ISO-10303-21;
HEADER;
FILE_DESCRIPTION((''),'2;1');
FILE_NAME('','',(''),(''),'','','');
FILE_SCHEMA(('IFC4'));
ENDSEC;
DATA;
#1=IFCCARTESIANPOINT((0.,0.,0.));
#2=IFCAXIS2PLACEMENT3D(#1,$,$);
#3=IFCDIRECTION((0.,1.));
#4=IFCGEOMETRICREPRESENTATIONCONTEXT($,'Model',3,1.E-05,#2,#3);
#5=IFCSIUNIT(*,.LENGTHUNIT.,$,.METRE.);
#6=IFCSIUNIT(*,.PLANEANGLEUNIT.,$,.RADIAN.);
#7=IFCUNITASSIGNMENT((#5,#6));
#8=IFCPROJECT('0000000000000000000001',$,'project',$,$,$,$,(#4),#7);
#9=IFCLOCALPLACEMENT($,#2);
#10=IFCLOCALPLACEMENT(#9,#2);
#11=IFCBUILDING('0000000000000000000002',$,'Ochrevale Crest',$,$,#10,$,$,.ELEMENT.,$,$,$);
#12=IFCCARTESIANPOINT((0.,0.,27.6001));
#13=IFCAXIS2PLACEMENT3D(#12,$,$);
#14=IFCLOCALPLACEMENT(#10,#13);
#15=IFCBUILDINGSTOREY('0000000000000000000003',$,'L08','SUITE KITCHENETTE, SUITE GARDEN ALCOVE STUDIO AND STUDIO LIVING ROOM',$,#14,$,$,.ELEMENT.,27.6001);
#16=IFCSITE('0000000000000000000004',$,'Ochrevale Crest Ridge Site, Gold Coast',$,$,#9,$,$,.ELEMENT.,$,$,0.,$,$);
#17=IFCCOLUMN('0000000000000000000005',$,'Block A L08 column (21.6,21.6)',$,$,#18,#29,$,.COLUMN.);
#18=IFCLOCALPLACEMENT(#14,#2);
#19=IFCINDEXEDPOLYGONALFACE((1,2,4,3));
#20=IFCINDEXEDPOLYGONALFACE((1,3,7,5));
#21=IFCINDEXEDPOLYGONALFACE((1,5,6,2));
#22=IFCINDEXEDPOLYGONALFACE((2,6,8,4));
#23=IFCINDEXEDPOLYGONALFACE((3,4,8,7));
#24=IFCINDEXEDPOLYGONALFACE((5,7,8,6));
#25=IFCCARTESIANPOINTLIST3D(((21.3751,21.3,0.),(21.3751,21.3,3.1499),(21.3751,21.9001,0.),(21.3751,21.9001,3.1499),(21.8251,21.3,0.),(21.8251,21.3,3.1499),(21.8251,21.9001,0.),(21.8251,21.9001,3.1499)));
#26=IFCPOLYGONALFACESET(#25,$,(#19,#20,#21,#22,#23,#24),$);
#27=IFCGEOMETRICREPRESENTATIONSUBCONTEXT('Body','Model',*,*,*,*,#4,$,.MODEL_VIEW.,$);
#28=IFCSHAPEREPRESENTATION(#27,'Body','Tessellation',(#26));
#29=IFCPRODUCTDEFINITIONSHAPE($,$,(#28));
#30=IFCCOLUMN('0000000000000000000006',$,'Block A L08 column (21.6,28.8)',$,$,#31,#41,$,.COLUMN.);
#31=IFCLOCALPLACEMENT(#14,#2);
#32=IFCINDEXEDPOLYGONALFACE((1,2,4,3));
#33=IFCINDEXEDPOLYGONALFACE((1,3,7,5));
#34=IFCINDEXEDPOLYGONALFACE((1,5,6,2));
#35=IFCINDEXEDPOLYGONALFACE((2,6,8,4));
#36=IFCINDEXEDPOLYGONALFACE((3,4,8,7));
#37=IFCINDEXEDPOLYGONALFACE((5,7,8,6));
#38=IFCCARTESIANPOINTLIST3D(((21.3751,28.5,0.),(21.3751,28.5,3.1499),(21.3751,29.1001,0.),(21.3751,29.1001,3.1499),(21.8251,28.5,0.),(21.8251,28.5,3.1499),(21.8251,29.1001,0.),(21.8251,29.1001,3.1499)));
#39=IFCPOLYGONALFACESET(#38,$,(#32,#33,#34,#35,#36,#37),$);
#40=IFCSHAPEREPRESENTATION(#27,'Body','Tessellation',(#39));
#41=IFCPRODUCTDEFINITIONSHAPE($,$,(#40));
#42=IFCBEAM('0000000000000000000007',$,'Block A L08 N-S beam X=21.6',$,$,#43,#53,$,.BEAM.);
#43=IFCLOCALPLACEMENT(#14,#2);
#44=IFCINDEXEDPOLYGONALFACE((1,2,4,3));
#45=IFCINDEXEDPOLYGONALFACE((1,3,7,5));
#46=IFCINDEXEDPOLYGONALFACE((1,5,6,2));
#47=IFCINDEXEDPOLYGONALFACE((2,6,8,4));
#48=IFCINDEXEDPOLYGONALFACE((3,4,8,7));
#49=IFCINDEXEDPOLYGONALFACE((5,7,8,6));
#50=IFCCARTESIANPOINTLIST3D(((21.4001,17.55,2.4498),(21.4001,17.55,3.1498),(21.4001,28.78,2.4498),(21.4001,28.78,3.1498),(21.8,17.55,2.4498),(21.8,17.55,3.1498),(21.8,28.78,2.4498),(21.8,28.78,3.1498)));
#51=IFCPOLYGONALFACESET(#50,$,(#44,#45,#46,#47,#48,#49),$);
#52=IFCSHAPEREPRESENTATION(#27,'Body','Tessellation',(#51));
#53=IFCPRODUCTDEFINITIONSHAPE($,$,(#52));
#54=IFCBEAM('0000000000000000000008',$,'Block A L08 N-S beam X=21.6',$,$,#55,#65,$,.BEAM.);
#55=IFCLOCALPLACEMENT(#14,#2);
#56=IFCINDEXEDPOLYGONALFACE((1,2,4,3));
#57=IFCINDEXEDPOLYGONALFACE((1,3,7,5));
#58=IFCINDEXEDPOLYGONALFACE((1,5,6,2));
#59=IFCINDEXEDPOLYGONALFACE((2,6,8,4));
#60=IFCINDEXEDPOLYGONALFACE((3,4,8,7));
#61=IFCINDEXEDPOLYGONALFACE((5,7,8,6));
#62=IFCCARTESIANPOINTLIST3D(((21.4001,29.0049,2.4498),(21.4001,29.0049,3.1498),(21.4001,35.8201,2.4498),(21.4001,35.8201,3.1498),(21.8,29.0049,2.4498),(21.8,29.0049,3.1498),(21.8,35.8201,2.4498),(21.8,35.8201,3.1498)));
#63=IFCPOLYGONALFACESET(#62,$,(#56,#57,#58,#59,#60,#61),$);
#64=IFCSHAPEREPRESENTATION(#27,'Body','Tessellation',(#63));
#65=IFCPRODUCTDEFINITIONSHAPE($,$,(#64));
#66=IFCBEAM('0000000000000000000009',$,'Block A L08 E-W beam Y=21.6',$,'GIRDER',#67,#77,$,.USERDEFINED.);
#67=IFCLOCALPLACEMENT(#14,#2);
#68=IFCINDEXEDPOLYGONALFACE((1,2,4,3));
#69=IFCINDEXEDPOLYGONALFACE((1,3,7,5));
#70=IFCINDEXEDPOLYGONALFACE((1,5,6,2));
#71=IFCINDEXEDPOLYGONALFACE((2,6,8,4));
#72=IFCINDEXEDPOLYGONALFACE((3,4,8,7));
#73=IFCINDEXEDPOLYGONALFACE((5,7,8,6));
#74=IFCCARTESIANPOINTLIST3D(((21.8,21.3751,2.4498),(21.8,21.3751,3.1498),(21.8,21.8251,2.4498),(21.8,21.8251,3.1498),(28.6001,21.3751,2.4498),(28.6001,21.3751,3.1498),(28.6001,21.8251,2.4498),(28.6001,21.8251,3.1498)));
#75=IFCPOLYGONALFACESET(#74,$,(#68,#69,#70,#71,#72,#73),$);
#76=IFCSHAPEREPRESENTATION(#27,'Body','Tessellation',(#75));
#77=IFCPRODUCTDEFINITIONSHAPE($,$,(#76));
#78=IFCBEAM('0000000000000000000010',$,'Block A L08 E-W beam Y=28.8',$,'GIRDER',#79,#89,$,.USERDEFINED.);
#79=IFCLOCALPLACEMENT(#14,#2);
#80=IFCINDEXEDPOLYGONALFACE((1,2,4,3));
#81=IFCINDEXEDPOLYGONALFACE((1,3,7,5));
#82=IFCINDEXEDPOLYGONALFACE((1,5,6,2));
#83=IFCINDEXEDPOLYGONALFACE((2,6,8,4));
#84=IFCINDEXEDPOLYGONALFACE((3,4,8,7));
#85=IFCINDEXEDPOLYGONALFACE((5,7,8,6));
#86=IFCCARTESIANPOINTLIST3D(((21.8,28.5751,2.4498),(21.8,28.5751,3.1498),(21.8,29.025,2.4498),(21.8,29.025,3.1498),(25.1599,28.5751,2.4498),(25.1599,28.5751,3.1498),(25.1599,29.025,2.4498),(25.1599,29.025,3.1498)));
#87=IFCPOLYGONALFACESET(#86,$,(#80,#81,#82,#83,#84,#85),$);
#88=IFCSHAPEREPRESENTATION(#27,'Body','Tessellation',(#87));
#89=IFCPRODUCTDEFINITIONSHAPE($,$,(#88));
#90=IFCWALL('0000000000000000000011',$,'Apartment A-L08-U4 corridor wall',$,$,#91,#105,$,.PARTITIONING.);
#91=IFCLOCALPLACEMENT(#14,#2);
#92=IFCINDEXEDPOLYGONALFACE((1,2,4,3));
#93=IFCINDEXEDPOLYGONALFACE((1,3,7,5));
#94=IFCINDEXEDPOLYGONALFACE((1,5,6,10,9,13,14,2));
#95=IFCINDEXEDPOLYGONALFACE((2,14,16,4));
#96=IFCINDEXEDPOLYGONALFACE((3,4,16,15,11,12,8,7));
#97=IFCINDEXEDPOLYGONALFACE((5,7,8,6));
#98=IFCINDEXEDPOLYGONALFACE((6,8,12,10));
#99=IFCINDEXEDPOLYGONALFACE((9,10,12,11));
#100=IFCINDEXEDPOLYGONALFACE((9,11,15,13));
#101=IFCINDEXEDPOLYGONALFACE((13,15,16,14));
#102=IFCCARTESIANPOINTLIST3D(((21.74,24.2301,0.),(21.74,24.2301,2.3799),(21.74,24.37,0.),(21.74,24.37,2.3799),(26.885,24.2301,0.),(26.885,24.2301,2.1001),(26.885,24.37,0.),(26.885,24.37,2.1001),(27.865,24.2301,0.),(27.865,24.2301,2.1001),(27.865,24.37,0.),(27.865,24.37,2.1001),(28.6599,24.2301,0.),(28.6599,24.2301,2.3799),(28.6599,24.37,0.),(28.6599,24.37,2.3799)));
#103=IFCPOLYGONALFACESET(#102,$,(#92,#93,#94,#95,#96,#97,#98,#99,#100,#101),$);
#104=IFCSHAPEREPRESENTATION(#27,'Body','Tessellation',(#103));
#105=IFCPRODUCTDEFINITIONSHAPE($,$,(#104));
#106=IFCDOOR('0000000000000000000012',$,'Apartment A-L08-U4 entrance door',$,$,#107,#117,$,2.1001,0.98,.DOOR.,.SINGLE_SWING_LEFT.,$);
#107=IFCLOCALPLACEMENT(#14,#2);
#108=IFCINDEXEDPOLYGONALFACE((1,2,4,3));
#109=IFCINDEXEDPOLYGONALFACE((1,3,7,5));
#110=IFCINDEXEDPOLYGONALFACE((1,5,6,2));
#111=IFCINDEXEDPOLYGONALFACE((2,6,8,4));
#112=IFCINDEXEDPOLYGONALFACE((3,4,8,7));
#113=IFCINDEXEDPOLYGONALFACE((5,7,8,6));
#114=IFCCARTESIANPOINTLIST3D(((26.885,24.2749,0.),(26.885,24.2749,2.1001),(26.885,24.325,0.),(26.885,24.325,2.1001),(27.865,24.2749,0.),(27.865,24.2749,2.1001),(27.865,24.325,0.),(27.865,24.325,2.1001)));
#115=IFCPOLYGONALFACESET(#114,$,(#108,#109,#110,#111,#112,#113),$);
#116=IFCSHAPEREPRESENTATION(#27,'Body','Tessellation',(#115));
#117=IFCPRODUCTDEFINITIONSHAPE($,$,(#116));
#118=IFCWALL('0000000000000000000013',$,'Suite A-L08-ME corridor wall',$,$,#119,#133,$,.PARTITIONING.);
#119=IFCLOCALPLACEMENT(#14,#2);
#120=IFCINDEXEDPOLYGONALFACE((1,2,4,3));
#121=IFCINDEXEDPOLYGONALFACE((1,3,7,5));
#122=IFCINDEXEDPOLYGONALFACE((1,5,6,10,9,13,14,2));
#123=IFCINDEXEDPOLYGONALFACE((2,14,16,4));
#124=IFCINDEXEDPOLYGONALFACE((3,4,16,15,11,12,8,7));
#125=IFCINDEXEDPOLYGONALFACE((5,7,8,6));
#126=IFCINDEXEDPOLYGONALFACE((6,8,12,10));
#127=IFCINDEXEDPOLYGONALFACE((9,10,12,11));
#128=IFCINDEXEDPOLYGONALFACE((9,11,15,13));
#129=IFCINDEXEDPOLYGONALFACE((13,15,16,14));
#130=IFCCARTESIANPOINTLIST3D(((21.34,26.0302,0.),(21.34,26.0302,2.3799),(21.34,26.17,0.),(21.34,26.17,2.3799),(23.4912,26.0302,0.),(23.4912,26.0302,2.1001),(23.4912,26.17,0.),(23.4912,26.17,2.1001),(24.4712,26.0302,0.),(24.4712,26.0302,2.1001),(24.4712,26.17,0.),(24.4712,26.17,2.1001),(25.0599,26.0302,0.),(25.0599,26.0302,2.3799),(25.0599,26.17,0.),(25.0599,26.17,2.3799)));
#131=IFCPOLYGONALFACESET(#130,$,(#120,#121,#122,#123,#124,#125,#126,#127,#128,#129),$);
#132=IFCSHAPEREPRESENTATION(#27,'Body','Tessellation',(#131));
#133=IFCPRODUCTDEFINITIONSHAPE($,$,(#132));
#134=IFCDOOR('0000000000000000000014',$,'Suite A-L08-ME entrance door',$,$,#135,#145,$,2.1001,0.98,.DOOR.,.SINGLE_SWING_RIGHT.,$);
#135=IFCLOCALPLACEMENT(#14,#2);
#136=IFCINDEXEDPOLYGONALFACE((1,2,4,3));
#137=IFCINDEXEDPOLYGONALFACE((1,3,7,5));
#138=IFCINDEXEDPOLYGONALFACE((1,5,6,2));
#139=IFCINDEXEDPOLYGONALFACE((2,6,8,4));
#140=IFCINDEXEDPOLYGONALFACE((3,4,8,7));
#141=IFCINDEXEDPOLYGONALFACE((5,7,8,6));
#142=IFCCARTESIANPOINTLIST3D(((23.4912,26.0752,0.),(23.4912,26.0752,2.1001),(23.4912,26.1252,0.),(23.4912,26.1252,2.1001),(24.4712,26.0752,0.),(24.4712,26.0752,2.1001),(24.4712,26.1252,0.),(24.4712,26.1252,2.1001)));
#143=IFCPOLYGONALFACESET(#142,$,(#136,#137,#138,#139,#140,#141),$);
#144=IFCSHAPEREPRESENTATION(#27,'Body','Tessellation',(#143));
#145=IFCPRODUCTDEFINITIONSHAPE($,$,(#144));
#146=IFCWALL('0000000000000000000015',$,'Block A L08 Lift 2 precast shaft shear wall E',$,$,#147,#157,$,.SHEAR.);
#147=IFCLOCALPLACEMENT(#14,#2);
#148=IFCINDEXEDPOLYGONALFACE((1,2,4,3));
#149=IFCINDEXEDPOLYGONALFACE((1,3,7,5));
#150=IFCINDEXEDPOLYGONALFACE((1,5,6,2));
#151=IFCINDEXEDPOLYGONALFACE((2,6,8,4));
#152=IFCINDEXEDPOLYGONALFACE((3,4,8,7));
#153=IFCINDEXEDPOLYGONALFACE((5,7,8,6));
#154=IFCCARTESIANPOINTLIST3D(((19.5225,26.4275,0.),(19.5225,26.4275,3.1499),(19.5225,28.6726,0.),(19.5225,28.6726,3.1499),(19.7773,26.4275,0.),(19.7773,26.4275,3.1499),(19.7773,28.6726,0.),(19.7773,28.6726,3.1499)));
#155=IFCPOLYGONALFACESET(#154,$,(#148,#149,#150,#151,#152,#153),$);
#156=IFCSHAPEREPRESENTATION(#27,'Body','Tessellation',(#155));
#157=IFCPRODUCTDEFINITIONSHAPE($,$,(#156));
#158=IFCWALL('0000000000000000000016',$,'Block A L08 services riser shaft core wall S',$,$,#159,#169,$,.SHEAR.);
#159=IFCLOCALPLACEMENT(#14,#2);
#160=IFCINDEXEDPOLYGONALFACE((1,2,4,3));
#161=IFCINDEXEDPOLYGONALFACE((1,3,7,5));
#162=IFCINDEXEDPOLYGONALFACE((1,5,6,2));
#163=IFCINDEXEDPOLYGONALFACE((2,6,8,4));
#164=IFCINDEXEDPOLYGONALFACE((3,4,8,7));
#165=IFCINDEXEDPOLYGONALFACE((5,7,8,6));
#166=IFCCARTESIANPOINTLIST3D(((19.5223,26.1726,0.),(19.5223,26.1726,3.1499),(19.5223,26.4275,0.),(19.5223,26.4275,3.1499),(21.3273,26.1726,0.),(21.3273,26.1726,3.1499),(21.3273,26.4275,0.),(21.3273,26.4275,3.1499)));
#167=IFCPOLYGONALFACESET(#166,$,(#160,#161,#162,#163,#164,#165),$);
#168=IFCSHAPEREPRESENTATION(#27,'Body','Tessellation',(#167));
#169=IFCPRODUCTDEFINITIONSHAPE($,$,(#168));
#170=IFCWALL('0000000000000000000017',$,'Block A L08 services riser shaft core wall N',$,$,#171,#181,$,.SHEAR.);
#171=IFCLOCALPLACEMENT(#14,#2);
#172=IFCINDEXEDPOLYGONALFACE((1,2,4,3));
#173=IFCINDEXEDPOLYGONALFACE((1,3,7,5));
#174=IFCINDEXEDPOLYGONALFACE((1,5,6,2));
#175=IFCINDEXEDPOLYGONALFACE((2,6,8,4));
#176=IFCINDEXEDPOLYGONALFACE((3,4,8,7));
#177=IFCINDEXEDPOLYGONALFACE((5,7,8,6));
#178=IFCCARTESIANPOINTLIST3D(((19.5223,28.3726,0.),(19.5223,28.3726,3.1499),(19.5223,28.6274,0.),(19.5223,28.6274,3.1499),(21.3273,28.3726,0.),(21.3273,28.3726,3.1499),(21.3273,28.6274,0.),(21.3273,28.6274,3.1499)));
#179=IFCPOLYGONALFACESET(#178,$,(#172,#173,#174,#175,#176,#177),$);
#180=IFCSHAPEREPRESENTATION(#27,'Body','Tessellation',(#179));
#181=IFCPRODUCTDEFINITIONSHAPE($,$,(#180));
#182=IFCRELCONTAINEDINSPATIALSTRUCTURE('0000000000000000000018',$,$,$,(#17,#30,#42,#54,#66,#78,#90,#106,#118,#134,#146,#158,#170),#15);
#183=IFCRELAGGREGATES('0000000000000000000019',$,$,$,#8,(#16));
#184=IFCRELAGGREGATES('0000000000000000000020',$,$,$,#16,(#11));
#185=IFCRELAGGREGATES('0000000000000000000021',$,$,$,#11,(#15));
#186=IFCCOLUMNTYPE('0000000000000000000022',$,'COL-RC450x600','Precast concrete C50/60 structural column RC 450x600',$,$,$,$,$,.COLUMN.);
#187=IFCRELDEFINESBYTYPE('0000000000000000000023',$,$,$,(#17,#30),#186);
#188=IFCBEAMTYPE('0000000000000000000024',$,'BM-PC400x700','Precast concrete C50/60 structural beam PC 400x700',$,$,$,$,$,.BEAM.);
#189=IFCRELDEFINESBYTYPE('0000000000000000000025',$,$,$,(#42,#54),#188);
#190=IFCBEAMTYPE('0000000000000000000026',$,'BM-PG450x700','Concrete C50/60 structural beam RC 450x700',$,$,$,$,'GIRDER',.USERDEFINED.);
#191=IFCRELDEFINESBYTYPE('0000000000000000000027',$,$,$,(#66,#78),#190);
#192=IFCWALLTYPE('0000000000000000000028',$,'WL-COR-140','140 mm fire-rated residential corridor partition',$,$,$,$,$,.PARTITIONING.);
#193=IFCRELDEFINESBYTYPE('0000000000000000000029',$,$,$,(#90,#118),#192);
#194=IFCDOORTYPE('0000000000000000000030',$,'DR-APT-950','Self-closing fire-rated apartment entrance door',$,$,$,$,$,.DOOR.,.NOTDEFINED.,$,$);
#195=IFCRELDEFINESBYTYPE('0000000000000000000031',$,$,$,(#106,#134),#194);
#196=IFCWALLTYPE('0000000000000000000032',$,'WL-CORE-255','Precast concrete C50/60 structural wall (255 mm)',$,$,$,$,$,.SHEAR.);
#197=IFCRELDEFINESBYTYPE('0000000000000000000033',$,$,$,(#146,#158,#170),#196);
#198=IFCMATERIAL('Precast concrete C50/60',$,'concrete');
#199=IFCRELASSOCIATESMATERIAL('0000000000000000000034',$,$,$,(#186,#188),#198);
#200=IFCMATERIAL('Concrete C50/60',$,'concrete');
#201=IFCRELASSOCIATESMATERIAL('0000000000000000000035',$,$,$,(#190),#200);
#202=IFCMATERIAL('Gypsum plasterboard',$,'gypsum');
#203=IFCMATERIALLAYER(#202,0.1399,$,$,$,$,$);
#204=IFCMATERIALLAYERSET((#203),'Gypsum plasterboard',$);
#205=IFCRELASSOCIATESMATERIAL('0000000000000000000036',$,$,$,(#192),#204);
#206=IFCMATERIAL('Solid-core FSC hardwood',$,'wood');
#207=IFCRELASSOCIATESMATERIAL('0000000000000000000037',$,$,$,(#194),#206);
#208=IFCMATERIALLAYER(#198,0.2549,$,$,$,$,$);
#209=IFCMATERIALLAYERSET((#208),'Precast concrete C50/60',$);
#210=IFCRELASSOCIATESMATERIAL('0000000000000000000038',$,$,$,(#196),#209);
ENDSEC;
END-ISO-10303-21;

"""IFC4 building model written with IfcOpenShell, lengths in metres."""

from ifc_helpers import new_model, si_unit, direction, frame, frame_2d, origin, origin_2d, place, context, subcontext, project, spatial, rectangle, extrude, material, layer, layer_set, material_profile, profile_set, type_object, element, fill, save


model = new_model("IFC4")

# Units and contexts
model_context = context("Model", 3, precision=1e-05, world=origin(), true_north=direction((0.0, 1.0)))
body_context = subcontext(model_context, "Body", "Model", "MODEL_VIEW")
ifc_project = project(units=[si_unit("LENGTHUNIT", "METRE"), si_unit("PLANEANGLEUNIT", "RADIAN")], contexts=[model_context])

# Site, building, storey
site_placement = place(None, origin())
site = spatial("IfcSite", under=ifc_project, at=site_placement, Name="Ochrevale Crest Ridge Site, Gold Coast", CompositionType="ELEMENT", RefElevation=0.0)
building_placement = place(site_placement, origin())
building = spatial("IfcBuilding", under=site, at=building_placement, Name="Ochrevale Crest", CompositionType="ELEMENT")
storey_placement = place(building_placement, frame((0.0, 0.0, 27.6001)))
storey = spatial("IfcBuildingStorey", under=building, at=storey_placement, Name="L08", Description="SUITE KITCHENETTE, SUITE GARDEN ALCOVE STUDIO AND STUDIO LIVING ROOM", CompositionType="ELEMENT", Elevation=27.6001)

# Columns
ifc_material_1 = material(Name="Precast concrete C50/60", Category="concrete")
ifc_material_profile_1 = material_profile(ifc_material_1, rectangle(XDim=0.45, YDim=0.6001, at=origin_2d()), Name="RC 450x600")
ifc_profile_set_1 = profile_set([ifc_material_profile_1], Name="Precast concrete C50/60")
column_type = type_object("IfcColumnType", Name="COL-RC450x600", Description="Precast concrete C50/60 structural column RC 450x600", PredefinedType="COLUMN", material=ifc_profile_set_1)
for number, where, z_axis, x_axis, name in (
    (1, (21.6001, 21.6001, 0.0), (0.0, 0.0, 1.0), (1.0, 0.0, 0.0), "Block A L08 column (21.6,21.6)"),
    (2, (21.6001, 28.8, 0.0), (0.0, 0.0, 1.0), (1.0, 0.0, 0.0), "Block A L08 column (21.6,28.8)"),
):
    element("IfcColumn", number, at=place(storey_placement, frame(where, z_axis=z_axis, x_axis=x_axis)), inside=storey, type_object=column_type, Name=name, PredefinedType="COLUMN", context=body_context, shape_type="SweptSolid", body=[
        extrude(rectangle(XDim=0.45, YDim=0.6001, at=origin_2d()), origin(), (0.0, 0.0, 1.0), 3.1499),
    ])

# Beams
ifc_material_profile_2 = material_profile(ifc_material_1, rectangle(XDim=0.3999, YDim=0.7, at=origin_2d()), Name="PC 400x700")
ifc_profile_set_2 = profile_set([ifc_material_profile_2], Name="Precast concrete C50/60")
beam_type_1 = type_object("IfcBeamType", Name="BM-PC400x700", Description="Precast concrete C50/60 structural beam PC 400x700", PredefinedType="BEAM", material=ifc_profile_set_2)
beam_1_placement = place(storey_placement, frame((21.6001, 17.55, 2.7998), z_axis=(0.0, 1.0, 0.0), x_axis=(-1.0, 0.0, 0.0)))
element("IfcBeam", 3, at=beam_1_placement, inside=storey, type_object=beam_type_1, Name="Block A L08 N-S beam X=21.6", PredefinedType="BEAM", context=body_context, shape_type="SweptSolid", body=[
    extrude(rectangle(XDim=0.3999, YDim=0.7, at=origin_2d()), origin(), (0.0, 0.0, 1.0), 11.23),
])
beam_2_placement = place(storey_placement, frame((21.6001, 29.0049, 2.7998), z_axis=(0.0, 1.0, 0.0), x_axis=(-1.0, 0.0, 0.0)))
element("IfcBeam", 4, at=beam_2_placement, inside=storey, type_object=beam_type_1, Name="Block A L08 N-S beam X=21.6", PredefinedType="BEAM", context=body_context, shape_type="SweptSolid", body=[
    extrude(rectangle(XDim=0.3999, YDim=0.7, at=origin_2d()), origin(), (0.0, 0.0, 1.0), 6.8152),
])
ifc_material_2 = material(Name="Concrete C50/60", Category="concrete")
ifc_material_profile_3 = material_profile(ifc_material_2, rectangle(XDim=0.45, YDim=0.7, at=origin_2d()), Name="RC 450x700")
ifc_profile_set_3 = profile_set([ifc_material_profile_3], Name="Concrete C50/60")
beam_type_2 = type_object("IfcBeamType", Name="BM-PG450x700", Description="Concrete C50/60 structural beam RC 450x700", ElementType="GIRDER", PredefinedType="USERDEFINED", material=ifc_profile_set_3)
beam_3_placement = place(storey_placement, frame((21.8, 21.6001, 2.7998), z_axis=(1.0, 0.0, 0.0), x_axis=(0.0, 1.0, 0.0)))
element("IfcBeam", 5, at=beam_3_placement, inside=storey, type_object=beam_type_2, Name="Block A L08 E-W beam Y=21.6", ObjectType="GIRDER", PredefinedType="USERDEFINED", context=body_context, shape_type="SweptSolid", body=[
    extrude(rectangle(XDim=0.45, YDim=0.7, at=origin_2d()), origin(), (0.0, 0.0, 1.0), 6.8),
])
beam_4_placement = place(storey_placement, frame((21.8, 28.8, 2.7998), z_axis=(1.0, 0.0, 0.0), x_axis=(0.0, 1.0, 0.0)))
element("IfcBeam", 6, at=beam_4_placement, inside=storey, type_object=beam_type_2, Name="Block A L08 E-W beam Y=28.8", ObjectType="GIRDER", PredefinedType="USERDEFINED", context=body_context, shape_type="SweptSolid", body=[
    extrude(rectangle(XDim=0.45, YDim=0.7, at=origin_2d()), origin(), (0.0, 0.0, 1.0), 3.3599),
])

# Walls, openings, doors
ifc_material_3 = material(Name="Gypsum plasterboard", Category="gypsum")
ifc_layer_1 = layer(ifc_material_3, 0.1399)
ifc_layer_set_1 = layer_set([ifc_layer_1], Name="Gypsum plasterboard")
wall_type_1 = type_object("IfcWallType", Name="WL-COR-140", Description="140 mm fire-rated residential corridor partition", PredefinedType="PARTITIONING", material=ifc_layer_set_1)
wall_1_placement = place(storey_placement, frame((21.74, 24.3, 0.0), z_axis=(0.0, 0.0, 1.0), x_axis=(1.0, 0.0, 0.0)))
wall_1 = element("IfcWall", 7, at=wall_1_placement, inside=storey, type_object=wall_type_1, Name="Apartment A-L08-U4 corridor wall", PredefinedType="PARTITIONING", context=body_context, shape_type="SweptSolid", body=[
    extrude(rectangle(XDim=6.9199, YDim=0.1399, at=frame_2d((3.46, 0.0))), origin(), (0.0, 0.0, 1.0), 2.3799),
])
opening_1_placement = place(wall_1_placement, frame((5.145, 0.0, 0.0)))
opening_1 = element("IfcOpeningElement", 8, at=opening_1_placement, cuts=wall_1, PredefinedType="OPENING", context=body_context, shape_type="SweptSolid", body=[
    extrude(rectangle(XDim=0.98, YDim=2.1001, at=frame_2d((0.49, 1.05))), frame((0.0, 0.0801, 0.0), z_axis=(0.0, -1.0, 0.0), x_axis=(1.0, 0.0, 0.0)), (0.0, 0.0, 1.0), 0.1599),
])
ifc_material_4 = material(Name="Solid-core FSC hardwood", Category="wood")
door_type_1 = type_object("IfcDoorType", Name="DR-APT-950", Description="Self-closing fire-rated apartment entrance door", OperationType="NOTDEFINED", PredefinedType="DOOR", material=ifc_material_4)
door_1_placement = place(opening_1_placement, origin())
door_1 = element("IfcDoor", 9, at=door_1_placement, inside=storey, type_object=door_type_1, Name="Apartment A-L08-U4 entrance door", OperationType="SINGLE_SWING_LEFT", OverallHeight=2.1001, OverallWidth=0.98, PredefinedType="DOOR", context=body_context, shape_type="SweptSolid", body=[
    extrude(rectangle(XDim=0.98, YDim=2.1001, at=frame_2d((0.49, 1.05))), frame((0.0, 0.0249, 0.0), z_axis=(0.0, -1.0, 0.0), x_axis=(1.0, 0.0, 0.0)), (0.0, 0.0, 1.0), 0.05),
])
fill(opening_1, door_1)
wall_2_placement = place(storey_placement, frame((21.3401, 26.1001, 0.0), z_axis=(0.0, 0.0, 1.0), x_axis=(1.0, 0.0, 0.0)))
wall_2 = element("IfcWall", 10, at=wall_2_placement, inside=storey, type_object=wall_type_1, Name="Suite A-L08-ME corridor wall", PredefinedType="PARTITIONING", context=body_context, shape_type="SweptSolid", body=[
    extrude(rectangle(XDim=3.72, YDim=0.1399, at=frame_2d((1.8599, 0.0))), origin(), (0.0, 0.0, 1.0), 2.3799),
])
opening_2_placement = place(wall_2_placement, frame((3.1311, 0.0, 0.0), z_axis=(0.0, 0.0, 1.0), x_axis=(-1.0, 0.0, 0.0)))
opening_2 = element("IfcOpeningElement", 11, at=opening_2_placement, cuts=wall_2, PredefinedType="OPENING", context=body_context, shape_type="SweptSolid", body=[
    extrude(rectangle(XDim=0.98, YDim=2.1001, at=frame_2d((0.49, 1.05))), frame((0.0, 0.0801, 0.0), z_axis=(0.0, -1.0, 0.0), x_axis=(1.0, 0.0, 0.0)), (0.0, 0.0, 1.0), 0.1599),
])
door_2_placement = place(opening_2_placement, origin())
door_2 = element("IfcDoor", 12, at=door_2_placement, inside=storey, type_object=door_type_1, Name="Suite A-L08-ME entrance door", OperationType="SINGLE_SWING_RIGHT", OverallHeight=2.1001, OverallWidth=0.98, PredefinedType="DOOR", context=body_context, shape_type="SweptSolid", body=[
    extrude(rectangle(XDim=0.98, YDim=2.1001, at=frame_2d((0.49, 1.05))), frame((0.0, 0.0249, 0.0), z_axis=(0.0, -1.0, 0.0), x_axis=(1.0, 0.0, 0.0)), (0.0, 0.0, 1.0), 0.05),
])
fill(opening_2, door_2)

# Walls
ifc_layer_2 = layer(ifc_material_1, 0.2549)
ifc_layer_set_2 = layer_set([ifc_layer_2], Name="Precast concrete C50/60")
wall_type_2 = type_object("IfcWallType", Name="WL-CORE-255", Description="Precast concrete C50/60 structural wall (255 mm)", PredefinedType="SHEAR", material=ifc_layer_set_2)
wall_3_placement = place(storey_placement, frame((19.6499, 26.4275, 0.0), z_axis=(0.0, 0.0, 1.0), x_axis=(0.0, 1.0, 0.0)))
element("IfcWall", 13, at=wall_3_placement, inside=storey, type_object=wall_type_2, Name="Block A L08 Lift 2 precast shaft shear wall E", PredefinedType="SHEAR", context=body_context, shape_type="SweptSolid", body=[
    extrude(rectangle(XDim=2.2451, YDim=0.2549, at=frame_2d((1.1226, 0.0))), origin(), (0.0, 0.0, 1.0), 3.1499),
])
for number, where, z_axis, x_axis, name in (
    (14, (19.5225, 26.3, 0.0), (0.0, 0.0, 1.0), (1.0, 0.0, 0.0), "Block A L08 services riser shaft core wall S"),
    (15, (19.5225, 28.5, 0.0), (0.0, 0.0, 1.0), (1.0, 0.0, 0.0), "Block A L08 services riser shaft core wall N"),
):
    element("IfcWall", number, at=place(storey_placement, frame(where, z_axis=z_axis, x_axis=x_axis)), inside=storey, type_object=wall_type_2, Name=name, PredefinedType="SHEAR", context=body_context, shape_type="SweptSolid", body=[
        extrude(rectangle(XDim=1.8049, YDim=0.2549, at=frame_2d((0.9023, 0.0))), origin(), (0.0, 0.0, 1.0), 3.1499),
    ])

save(model, "model.ifc")
